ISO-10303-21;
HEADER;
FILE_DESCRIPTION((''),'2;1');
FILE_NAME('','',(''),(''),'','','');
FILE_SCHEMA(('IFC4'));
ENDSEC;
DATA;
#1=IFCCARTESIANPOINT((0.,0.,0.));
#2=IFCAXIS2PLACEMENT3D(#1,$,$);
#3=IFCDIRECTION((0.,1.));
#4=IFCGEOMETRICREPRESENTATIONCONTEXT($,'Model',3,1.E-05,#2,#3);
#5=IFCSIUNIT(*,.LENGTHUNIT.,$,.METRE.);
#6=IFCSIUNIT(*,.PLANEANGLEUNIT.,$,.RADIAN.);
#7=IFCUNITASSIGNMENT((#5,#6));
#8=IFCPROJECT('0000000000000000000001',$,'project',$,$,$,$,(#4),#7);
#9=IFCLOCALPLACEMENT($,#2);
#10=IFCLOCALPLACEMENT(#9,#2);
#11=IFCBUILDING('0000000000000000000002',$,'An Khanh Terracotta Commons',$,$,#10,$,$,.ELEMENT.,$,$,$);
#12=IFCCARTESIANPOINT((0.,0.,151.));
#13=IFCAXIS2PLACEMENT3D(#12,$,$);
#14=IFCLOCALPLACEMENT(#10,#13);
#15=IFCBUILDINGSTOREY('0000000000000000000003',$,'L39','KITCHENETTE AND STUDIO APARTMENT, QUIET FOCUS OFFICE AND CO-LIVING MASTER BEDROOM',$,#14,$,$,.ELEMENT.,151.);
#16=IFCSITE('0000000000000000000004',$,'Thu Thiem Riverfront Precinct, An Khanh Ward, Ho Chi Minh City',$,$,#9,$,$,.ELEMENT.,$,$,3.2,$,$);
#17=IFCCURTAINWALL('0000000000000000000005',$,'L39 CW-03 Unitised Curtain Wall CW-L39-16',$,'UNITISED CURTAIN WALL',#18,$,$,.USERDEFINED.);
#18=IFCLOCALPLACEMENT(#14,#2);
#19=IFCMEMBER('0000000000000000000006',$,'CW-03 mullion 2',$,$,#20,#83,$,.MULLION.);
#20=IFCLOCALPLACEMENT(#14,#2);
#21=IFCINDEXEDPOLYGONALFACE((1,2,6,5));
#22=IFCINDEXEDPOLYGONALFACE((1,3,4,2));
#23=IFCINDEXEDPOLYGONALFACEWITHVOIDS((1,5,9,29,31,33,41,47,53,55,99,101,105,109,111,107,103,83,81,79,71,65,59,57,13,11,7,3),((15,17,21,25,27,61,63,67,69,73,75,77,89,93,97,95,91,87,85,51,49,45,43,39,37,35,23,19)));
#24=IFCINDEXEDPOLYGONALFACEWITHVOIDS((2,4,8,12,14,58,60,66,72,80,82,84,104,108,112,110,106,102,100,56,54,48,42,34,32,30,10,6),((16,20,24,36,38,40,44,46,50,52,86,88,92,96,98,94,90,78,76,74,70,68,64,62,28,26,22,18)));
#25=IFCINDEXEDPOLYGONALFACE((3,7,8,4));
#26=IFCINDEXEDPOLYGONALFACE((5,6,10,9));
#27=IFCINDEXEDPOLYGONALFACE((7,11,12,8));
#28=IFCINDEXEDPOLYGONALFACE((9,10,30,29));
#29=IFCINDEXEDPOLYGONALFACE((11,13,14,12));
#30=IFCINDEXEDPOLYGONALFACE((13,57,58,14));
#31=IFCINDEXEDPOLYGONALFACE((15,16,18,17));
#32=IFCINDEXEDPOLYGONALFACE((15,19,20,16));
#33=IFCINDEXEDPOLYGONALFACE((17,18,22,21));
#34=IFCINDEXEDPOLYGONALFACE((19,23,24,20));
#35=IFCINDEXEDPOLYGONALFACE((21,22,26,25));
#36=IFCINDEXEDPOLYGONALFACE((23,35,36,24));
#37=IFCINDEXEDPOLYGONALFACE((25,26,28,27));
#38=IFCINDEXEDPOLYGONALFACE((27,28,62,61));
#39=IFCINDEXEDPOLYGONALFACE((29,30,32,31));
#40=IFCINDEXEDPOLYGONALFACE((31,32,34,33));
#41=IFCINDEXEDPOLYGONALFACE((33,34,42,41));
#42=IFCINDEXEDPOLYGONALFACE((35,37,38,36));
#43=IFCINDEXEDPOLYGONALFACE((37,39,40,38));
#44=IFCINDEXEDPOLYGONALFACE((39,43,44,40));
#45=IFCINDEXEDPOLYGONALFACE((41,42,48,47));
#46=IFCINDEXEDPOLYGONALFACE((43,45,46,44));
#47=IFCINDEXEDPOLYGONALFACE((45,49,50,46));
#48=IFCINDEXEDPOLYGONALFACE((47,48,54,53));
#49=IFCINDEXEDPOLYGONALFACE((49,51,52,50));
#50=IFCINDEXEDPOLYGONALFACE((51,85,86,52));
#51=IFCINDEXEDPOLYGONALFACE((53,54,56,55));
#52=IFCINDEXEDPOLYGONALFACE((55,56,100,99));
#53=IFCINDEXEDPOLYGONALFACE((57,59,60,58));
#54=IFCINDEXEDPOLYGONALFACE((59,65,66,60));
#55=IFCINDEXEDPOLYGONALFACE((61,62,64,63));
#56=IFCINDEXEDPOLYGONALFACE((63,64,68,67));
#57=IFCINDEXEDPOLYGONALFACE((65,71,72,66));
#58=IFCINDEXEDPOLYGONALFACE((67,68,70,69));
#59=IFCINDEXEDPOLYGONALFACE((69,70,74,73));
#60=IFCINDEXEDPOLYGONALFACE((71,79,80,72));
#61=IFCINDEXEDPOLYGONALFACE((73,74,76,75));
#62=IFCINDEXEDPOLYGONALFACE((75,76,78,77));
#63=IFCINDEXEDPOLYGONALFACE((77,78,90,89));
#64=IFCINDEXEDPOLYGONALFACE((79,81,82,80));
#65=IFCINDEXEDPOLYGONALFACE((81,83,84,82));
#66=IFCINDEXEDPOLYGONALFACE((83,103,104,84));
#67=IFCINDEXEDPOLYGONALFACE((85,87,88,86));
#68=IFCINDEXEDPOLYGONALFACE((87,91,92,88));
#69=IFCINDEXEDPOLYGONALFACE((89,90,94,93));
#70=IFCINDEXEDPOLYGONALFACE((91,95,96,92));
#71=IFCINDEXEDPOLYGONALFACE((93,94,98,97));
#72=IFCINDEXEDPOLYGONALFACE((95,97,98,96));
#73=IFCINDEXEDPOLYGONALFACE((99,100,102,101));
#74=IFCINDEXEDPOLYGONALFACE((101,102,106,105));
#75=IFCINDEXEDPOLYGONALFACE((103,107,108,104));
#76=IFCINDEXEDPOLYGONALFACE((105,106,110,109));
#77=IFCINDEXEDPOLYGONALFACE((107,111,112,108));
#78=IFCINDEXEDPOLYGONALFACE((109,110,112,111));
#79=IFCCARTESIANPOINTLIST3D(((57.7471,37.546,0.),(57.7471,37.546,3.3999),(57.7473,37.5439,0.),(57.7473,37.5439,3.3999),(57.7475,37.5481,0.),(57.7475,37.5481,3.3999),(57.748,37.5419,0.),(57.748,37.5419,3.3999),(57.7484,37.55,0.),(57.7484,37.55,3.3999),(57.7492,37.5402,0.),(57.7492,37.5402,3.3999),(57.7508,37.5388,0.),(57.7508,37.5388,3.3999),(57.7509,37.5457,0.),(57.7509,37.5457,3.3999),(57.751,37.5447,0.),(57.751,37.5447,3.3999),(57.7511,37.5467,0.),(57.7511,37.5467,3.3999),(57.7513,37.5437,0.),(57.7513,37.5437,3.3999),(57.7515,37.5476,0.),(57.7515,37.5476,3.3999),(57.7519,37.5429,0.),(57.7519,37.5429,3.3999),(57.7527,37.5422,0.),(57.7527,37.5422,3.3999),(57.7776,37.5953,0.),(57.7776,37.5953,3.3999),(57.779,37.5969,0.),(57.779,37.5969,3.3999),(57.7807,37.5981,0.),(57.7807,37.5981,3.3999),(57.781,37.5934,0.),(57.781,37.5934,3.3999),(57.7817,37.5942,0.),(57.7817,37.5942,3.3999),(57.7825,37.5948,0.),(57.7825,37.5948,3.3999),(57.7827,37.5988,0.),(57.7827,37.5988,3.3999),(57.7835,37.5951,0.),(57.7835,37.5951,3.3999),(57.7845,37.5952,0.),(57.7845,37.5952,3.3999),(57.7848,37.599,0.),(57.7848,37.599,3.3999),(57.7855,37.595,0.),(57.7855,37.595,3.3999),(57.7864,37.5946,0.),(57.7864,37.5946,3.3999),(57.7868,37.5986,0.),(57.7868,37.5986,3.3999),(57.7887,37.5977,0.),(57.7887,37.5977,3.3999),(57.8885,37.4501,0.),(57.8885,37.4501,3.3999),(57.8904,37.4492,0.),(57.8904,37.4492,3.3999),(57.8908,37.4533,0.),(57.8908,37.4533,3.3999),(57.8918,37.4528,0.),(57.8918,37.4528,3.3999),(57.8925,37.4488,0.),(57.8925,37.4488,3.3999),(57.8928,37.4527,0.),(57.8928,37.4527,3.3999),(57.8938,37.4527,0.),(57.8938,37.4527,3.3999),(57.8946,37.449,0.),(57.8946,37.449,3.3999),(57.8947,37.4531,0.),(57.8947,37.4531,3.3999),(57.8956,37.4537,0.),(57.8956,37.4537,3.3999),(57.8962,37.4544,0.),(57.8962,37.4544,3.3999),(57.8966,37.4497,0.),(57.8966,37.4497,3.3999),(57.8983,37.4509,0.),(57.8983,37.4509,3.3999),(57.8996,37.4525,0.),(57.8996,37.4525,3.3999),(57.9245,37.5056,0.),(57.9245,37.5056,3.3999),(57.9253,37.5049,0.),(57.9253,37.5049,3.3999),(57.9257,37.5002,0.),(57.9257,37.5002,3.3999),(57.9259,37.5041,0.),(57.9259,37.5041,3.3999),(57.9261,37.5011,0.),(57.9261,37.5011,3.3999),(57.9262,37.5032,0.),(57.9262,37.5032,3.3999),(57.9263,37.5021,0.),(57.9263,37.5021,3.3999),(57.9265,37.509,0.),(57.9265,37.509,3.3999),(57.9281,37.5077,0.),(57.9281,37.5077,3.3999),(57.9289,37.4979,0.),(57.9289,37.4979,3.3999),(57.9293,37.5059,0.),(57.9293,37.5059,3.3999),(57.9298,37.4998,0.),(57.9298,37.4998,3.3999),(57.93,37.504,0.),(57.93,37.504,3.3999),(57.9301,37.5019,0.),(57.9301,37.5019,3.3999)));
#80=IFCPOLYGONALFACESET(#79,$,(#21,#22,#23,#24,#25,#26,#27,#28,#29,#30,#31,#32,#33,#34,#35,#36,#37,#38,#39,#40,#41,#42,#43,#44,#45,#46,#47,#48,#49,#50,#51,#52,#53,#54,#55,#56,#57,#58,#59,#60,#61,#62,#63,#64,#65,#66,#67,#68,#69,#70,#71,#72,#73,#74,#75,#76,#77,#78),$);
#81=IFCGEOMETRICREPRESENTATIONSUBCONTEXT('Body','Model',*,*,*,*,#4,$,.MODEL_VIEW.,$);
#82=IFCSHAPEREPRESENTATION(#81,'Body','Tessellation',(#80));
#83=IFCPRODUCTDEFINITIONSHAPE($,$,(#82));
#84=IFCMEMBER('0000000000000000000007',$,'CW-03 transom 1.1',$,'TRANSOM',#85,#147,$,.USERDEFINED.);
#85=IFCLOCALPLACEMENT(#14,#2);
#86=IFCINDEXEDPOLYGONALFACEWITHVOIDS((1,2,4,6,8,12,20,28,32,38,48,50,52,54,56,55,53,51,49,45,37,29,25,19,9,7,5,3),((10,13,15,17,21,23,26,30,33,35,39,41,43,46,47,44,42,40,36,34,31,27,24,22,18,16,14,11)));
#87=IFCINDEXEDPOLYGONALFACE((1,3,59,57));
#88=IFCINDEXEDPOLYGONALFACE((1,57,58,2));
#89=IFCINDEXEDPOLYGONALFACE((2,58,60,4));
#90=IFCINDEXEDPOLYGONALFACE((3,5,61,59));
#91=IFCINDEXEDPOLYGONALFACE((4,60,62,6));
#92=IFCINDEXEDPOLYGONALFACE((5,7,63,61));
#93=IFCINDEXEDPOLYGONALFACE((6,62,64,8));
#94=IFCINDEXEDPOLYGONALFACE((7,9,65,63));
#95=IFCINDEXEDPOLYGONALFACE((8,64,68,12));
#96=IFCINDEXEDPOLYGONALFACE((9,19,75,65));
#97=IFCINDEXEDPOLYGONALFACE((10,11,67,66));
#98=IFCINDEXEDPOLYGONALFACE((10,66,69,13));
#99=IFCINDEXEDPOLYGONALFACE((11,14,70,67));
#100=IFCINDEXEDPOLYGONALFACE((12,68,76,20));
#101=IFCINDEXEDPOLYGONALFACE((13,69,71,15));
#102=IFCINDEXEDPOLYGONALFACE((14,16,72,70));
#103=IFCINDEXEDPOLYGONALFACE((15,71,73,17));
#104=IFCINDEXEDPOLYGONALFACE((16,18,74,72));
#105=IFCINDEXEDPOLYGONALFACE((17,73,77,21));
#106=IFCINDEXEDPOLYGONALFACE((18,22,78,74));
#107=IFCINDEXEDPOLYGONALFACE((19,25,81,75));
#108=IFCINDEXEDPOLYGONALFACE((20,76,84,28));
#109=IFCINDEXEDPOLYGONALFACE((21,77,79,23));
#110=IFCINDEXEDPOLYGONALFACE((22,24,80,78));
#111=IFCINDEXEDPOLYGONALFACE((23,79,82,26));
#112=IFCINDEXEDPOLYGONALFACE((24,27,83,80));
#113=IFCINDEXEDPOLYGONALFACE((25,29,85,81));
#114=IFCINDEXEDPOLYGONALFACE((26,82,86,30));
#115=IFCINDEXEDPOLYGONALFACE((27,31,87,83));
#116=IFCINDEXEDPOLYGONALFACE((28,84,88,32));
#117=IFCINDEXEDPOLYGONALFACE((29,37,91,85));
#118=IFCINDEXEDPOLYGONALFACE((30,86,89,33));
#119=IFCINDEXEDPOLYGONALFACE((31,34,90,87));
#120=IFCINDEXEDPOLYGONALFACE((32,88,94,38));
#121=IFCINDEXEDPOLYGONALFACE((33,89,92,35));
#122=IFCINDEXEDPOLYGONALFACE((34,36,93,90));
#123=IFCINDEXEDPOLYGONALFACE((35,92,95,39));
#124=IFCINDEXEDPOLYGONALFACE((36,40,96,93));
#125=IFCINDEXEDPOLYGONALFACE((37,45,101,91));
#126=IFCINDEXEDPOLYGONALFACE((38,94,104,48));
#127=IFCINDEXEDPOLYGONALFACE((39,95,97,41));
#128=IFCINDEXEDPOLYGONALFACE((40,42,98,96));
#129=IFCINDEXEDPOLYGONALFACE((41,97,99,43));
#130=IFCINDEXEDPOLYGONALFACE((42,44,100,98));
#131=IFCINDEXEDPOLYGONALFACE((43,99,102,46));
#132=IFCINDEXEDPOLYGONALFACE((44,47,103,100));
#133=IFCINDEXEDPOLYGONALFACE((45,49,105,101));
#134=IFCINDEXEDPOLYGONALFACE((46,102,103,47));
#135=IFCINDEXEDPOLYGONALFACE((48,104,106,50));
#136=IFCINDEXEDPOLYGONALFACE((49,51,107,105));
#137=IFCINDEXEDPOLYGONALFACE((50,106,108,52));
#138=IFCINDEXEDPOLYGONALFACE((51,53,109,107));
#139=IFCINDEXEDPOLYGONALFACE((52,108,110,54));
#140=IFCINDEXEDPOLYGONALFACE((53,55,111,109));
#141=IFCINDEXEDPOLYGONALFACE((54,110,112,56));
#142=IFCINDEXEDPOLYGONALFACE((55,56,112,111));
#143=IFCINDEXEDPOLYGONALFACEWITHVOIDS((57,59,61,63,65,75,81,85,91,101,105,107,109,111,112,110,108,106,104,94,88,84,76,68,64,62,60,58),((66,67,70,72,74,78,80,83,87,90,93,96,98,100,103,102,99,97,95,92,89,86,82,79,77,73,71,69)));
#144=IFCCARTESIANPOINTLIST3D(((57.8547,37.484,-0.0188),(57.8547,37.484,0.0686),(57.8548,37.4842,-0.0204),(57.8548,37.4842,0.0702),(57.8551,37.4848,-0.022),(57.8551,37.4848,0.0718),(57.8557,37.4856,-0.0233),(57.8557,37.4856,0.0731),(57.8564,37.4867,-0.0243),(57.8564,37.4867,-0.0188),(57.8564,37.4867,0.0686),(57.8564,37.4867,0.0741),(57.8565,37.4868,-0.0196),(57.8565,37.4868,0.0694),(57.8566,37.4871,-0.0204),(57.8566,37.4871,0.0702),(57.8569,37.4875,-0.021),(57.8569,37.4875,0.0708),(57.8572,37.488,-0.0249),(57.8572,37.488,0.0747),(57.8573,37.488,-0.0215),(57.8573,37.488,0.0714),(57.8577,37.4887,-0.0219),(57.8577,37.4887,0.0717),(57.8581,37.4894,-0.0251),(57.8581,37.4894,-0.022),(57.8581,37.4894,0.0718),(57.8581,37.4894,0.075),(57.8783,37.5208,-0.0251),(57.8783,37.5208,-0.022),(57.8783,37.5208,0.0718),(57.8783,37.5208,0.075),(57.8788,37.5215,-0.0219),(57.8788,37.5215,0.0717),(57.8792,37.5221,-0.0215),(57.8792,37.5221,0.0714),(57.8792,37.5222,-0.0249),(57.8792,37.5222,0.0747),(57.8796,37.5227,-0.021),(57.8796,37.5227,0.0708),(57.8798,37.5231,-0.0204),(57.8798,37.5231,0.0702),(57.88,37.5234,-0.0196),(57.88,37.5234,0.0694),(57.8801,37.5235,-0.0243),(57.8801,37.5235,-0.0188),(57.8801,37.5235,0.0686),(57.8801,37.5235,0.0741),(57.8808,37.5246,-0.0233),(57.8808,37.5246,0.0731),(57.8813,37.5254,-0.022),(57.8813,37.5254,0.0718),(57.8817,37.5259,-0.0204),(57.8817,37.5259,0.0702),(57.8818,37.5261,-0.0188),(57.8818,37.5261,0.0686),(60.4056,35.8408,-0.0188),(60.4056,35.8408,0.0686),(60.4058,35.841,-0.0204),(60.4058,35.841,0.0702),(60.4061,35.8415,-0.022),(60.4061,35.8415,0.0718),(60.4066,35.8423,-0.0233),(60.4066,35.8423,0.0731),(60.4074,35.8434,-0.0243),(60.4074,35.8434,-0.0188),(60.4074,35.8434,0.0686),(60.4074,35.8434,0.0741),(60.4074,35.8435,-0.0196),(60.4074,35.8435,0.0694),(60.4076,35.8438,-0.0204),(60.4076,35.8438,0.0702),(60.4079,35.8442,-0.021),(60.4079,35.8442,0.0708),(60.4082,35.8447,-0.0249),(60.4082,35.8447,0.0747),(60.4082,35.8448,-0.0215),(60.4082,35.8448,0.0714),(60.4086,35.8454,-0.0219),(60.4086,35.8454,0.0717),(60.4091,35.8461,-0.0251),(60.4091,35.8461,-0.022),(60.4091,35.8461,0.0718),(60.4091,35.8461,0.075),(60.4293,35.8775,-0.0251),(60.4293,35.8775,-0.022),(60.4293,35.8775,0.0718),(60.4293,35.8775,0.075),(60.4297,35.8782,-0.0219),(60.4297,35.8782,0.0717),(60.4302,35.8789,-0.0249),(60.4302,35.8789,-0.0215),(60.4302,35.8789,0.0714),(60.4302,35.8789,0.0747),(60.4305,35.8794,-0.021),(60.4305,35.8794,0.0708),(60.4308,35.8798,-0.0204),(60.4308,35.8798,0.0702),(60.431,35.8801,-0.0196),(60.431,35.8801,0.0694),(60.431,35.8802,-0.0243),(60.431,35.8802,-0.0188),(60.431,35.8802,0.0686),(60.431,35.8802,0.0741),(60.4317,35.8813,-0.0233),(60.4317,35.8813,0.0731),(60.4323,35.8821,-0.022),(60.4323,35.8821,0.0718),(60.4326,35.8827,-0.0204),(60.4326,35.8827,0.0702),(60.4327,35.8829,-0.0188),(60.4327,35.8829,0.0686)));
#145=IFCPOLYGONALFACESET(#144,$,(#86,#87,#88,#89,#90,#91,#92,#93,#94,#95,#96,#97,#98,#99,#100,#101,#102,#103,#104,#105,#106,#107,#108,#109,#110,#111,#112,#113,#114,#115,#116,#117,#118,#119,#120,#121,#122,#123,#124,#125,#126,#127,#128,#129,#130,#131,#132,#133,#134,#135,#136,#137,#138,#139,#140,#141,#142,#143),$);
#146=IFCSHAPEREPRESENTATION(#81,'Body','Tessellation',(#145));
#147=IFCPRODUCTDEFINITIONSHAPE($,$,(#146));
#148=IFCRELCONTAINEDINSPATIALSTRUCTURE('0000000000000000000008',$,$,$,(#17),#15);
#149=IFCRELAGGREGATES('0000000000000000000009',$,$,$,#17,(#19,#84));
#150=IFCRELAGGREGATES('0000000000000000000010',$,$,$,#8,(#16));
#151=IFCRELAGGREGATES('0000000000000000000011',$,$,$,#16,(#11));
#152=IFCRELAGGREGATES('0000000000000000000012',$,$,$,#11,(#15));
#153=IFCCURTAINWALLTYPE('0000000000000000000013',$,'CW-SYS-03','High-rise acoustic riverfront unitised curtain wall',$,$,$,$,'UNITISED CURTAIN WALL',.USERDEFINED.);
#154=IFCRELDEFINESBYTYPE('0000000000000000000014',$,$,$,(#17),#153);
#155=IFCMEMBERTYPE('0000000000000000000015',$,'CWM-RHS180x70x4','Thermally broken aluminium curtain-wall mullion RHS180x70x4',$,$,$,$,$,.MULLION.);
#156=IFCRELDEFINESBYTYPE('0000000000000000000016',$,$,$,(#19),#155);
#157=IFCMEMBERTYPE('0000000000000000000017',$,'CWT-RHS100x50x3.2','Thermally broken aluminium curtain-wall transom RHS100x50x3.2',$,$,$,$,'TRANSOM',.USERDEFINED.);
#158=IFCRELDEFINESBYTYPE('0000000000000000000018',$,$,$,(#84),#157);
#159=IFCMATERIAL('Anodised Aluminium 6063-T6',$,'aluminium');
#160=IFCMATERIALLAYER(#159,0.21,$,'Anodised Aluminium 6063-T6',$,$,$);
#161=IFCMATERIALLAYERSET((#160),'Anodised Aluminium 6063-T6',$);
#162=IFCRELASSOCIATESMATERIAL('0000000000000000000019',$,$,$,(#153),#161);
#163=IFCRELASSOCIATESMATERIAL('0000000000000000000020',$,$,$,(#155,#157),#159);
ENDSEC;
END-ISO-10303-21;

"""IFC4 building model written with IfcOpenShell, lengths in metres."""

from ifc_helpers import new_model, si_unit, direction, frame, origin, origin_2d, place, context, subcontext, project, spatial, hollow_rectangle, extrude, material, layer, layer_set, material_profile, profile_set, type_object, element, aggregate, save


model = new_model("IFC4")

# Units and contexts
model_context = context("Model", 3, precision=1e-05, world=origin(), true_north=direction((0.0, 1.0)))
body_context = subcontext(model_context, "Body", "Model", "MODEL_VIEW")
ifc_project = project(units=[si_unit("LENGTHUNIT", "METRE"), si_unit("PLANEANGLEUNIT", "RADIAN")], contexts=[model_context])

# Site, building, storey
site_placement = place(None, origin())
site = spatial("IfcSite", under=ifc_project, at=site_placement, Name="Thu Thiem Riverfront Precinct, An Khanh Ward, Ho Chi Minh City", CompositionType="ELEMENT", RefElevation=3.2)
building_placement = place(site_placement, origin())
building = spatial("IfcBuilding", under=site, at=building_placement, Name="An Khanh Terracotta Commons", CompositionType="ELEMENT")
storey_placement = place(building_placement, frame((0.0, 0.0, 151.0)))
storey = spatial("IfcBuildingStorey", under=building, at=storey_placement, Name="L39", Description="KITCHENETTE AND STUDIO APARTMENT, QUIET FOCUS OFFICE AND CO-LIVING MASTER BEDROOM", CompositionType="ELEMENT", Elevation=151.0)

# Shared definitions
ifc_material_1 = material(Name="Anodised Aluminium 6063-T6", Category="aluminium")

# Curtain wall, members
ifc_layer_1 = layer(ifc_material_1, 0.21, Name="Anodised Aluminium 6063-T6")
ifc_layer_set_1 = layer_set([ifc_layer_1], Name="Anodised Aluminium 6063-T6")
curtain_wall_type_1 = type_object("IfcCurtainWallType", Name="CW-SYS-03", Description="High-rise acoustic riverfront unitised curtain wall", ElementType="UNITISED CURTAIN WALL", PredefinedType="USERDEFINED", material=ifc_layer_set_1)
curtain_wall_1_placement = place(storey_placement, origin())
curtain_wall_1 = element("IfcCurtainWall", 1, at=curtain_wall_1_placement, inside=storey, type_object=curtain_wall_type_1, Name="L39 CW-03 Unitised Curtain Wall CW-L39-16", ObjectType="UNITISED CURTAIN WALL", PredefinedType="USERDEFINED")
ifc_material_profile_1 = material_profile(ifc_material_1, hollow_rectangle(XDim=0.0701, YDim=0.1799, WallThickness=0.0039, InnerFilletRadius=0.0039, OuterFilletRadius=0.0081, at=origin_2d()), Name="RHS180x70x4")
ifc_profile_set_1 = profile_set([ifc_material_profile_1], Name="Anodised Aluminium 6063-T6")
member_type_1 = type_object("IfcMemberType", Name="CWM-RHS180x70x4", Description="Thermally broken aluminium curtain-wall mullion RHS180x70x4", PredefinedType="MULLION", material=ifc_profile_set_1)
member_1_placement = place(storey_placement, frame((57.8386, 37.5239, 0.0), z_axis=(0.0, 0.0, 1.0), x_axis=(-0.541498, -0.840702, 0.0)))
member_1 = element("IfcMember", 2, at=member_1_placement, type_object=member_type_1, Name="CW-03 mullion 2", PredefinedType="MULLION", context=body_context, shape_type="SweptSolid", body=[
    extrude(hollow_rectangle(XDim=0.0701, YDim=0.1799, WallThickness=0.0039, InnerFilletRadius=0.0039, OuterFilletRadius=0.0081, at=origin_2d()), origin(), (0.0, 0.0, 1.0), 3.3999),
])
ifc_material_profile_2 = material_profile(ifc_material_1, hollow_rectangle(XDim=0.05, YDim=0.1001, WallThickness=0.0032, InnerFilletRadius=0.0032, OuterFilletRadius=0.0063, at=origin_2d()), Name="RHS100x50x3.2")
ifc_profile_set_2 = profile_set([ifc_material_profile_2], Name="Anodised Aluminium 6063-T6")
member_type_2 = type_object("IfcMemberType", Name="CWT-RHS100x50x3.2", Description="Thermally broken aluminium curtain-wall transom RHS100x50x3.2", ElementType="TRANSOM", PredefinedType="USERDEFINED", material=ifc_profile_set_2)
member_2_placement = place(storey_placement, frame((60.4192, 35.8618, 0.0249), z_axis=(-0.840674, 0.541542, 0.0), x_axis=(-0.541542, -0.840674, 0.0)))
member_2 = element("IfcMember", 3, at=member_2_placement, type_object=member_type_2, Name="CW-03 transom 1.1", ObjectType="TRANSOM", PredefinedType="USERDEFINED", context=body_context, shape_type="SweptSolid", body=[
    extrude(hollow_rectangle(XDim=0.05, YDim=0.1001, WallThickness=0.0032, InnerFilletRadius=0.0032, OuterFilletRadius=0.0063, at=origin_2d()), origin(), (0.0, 0.0, 1.0), 3.0344),
])

aggregate(curtain_wall_1, [member_1, member_2])

save(model, "model.ifc")
